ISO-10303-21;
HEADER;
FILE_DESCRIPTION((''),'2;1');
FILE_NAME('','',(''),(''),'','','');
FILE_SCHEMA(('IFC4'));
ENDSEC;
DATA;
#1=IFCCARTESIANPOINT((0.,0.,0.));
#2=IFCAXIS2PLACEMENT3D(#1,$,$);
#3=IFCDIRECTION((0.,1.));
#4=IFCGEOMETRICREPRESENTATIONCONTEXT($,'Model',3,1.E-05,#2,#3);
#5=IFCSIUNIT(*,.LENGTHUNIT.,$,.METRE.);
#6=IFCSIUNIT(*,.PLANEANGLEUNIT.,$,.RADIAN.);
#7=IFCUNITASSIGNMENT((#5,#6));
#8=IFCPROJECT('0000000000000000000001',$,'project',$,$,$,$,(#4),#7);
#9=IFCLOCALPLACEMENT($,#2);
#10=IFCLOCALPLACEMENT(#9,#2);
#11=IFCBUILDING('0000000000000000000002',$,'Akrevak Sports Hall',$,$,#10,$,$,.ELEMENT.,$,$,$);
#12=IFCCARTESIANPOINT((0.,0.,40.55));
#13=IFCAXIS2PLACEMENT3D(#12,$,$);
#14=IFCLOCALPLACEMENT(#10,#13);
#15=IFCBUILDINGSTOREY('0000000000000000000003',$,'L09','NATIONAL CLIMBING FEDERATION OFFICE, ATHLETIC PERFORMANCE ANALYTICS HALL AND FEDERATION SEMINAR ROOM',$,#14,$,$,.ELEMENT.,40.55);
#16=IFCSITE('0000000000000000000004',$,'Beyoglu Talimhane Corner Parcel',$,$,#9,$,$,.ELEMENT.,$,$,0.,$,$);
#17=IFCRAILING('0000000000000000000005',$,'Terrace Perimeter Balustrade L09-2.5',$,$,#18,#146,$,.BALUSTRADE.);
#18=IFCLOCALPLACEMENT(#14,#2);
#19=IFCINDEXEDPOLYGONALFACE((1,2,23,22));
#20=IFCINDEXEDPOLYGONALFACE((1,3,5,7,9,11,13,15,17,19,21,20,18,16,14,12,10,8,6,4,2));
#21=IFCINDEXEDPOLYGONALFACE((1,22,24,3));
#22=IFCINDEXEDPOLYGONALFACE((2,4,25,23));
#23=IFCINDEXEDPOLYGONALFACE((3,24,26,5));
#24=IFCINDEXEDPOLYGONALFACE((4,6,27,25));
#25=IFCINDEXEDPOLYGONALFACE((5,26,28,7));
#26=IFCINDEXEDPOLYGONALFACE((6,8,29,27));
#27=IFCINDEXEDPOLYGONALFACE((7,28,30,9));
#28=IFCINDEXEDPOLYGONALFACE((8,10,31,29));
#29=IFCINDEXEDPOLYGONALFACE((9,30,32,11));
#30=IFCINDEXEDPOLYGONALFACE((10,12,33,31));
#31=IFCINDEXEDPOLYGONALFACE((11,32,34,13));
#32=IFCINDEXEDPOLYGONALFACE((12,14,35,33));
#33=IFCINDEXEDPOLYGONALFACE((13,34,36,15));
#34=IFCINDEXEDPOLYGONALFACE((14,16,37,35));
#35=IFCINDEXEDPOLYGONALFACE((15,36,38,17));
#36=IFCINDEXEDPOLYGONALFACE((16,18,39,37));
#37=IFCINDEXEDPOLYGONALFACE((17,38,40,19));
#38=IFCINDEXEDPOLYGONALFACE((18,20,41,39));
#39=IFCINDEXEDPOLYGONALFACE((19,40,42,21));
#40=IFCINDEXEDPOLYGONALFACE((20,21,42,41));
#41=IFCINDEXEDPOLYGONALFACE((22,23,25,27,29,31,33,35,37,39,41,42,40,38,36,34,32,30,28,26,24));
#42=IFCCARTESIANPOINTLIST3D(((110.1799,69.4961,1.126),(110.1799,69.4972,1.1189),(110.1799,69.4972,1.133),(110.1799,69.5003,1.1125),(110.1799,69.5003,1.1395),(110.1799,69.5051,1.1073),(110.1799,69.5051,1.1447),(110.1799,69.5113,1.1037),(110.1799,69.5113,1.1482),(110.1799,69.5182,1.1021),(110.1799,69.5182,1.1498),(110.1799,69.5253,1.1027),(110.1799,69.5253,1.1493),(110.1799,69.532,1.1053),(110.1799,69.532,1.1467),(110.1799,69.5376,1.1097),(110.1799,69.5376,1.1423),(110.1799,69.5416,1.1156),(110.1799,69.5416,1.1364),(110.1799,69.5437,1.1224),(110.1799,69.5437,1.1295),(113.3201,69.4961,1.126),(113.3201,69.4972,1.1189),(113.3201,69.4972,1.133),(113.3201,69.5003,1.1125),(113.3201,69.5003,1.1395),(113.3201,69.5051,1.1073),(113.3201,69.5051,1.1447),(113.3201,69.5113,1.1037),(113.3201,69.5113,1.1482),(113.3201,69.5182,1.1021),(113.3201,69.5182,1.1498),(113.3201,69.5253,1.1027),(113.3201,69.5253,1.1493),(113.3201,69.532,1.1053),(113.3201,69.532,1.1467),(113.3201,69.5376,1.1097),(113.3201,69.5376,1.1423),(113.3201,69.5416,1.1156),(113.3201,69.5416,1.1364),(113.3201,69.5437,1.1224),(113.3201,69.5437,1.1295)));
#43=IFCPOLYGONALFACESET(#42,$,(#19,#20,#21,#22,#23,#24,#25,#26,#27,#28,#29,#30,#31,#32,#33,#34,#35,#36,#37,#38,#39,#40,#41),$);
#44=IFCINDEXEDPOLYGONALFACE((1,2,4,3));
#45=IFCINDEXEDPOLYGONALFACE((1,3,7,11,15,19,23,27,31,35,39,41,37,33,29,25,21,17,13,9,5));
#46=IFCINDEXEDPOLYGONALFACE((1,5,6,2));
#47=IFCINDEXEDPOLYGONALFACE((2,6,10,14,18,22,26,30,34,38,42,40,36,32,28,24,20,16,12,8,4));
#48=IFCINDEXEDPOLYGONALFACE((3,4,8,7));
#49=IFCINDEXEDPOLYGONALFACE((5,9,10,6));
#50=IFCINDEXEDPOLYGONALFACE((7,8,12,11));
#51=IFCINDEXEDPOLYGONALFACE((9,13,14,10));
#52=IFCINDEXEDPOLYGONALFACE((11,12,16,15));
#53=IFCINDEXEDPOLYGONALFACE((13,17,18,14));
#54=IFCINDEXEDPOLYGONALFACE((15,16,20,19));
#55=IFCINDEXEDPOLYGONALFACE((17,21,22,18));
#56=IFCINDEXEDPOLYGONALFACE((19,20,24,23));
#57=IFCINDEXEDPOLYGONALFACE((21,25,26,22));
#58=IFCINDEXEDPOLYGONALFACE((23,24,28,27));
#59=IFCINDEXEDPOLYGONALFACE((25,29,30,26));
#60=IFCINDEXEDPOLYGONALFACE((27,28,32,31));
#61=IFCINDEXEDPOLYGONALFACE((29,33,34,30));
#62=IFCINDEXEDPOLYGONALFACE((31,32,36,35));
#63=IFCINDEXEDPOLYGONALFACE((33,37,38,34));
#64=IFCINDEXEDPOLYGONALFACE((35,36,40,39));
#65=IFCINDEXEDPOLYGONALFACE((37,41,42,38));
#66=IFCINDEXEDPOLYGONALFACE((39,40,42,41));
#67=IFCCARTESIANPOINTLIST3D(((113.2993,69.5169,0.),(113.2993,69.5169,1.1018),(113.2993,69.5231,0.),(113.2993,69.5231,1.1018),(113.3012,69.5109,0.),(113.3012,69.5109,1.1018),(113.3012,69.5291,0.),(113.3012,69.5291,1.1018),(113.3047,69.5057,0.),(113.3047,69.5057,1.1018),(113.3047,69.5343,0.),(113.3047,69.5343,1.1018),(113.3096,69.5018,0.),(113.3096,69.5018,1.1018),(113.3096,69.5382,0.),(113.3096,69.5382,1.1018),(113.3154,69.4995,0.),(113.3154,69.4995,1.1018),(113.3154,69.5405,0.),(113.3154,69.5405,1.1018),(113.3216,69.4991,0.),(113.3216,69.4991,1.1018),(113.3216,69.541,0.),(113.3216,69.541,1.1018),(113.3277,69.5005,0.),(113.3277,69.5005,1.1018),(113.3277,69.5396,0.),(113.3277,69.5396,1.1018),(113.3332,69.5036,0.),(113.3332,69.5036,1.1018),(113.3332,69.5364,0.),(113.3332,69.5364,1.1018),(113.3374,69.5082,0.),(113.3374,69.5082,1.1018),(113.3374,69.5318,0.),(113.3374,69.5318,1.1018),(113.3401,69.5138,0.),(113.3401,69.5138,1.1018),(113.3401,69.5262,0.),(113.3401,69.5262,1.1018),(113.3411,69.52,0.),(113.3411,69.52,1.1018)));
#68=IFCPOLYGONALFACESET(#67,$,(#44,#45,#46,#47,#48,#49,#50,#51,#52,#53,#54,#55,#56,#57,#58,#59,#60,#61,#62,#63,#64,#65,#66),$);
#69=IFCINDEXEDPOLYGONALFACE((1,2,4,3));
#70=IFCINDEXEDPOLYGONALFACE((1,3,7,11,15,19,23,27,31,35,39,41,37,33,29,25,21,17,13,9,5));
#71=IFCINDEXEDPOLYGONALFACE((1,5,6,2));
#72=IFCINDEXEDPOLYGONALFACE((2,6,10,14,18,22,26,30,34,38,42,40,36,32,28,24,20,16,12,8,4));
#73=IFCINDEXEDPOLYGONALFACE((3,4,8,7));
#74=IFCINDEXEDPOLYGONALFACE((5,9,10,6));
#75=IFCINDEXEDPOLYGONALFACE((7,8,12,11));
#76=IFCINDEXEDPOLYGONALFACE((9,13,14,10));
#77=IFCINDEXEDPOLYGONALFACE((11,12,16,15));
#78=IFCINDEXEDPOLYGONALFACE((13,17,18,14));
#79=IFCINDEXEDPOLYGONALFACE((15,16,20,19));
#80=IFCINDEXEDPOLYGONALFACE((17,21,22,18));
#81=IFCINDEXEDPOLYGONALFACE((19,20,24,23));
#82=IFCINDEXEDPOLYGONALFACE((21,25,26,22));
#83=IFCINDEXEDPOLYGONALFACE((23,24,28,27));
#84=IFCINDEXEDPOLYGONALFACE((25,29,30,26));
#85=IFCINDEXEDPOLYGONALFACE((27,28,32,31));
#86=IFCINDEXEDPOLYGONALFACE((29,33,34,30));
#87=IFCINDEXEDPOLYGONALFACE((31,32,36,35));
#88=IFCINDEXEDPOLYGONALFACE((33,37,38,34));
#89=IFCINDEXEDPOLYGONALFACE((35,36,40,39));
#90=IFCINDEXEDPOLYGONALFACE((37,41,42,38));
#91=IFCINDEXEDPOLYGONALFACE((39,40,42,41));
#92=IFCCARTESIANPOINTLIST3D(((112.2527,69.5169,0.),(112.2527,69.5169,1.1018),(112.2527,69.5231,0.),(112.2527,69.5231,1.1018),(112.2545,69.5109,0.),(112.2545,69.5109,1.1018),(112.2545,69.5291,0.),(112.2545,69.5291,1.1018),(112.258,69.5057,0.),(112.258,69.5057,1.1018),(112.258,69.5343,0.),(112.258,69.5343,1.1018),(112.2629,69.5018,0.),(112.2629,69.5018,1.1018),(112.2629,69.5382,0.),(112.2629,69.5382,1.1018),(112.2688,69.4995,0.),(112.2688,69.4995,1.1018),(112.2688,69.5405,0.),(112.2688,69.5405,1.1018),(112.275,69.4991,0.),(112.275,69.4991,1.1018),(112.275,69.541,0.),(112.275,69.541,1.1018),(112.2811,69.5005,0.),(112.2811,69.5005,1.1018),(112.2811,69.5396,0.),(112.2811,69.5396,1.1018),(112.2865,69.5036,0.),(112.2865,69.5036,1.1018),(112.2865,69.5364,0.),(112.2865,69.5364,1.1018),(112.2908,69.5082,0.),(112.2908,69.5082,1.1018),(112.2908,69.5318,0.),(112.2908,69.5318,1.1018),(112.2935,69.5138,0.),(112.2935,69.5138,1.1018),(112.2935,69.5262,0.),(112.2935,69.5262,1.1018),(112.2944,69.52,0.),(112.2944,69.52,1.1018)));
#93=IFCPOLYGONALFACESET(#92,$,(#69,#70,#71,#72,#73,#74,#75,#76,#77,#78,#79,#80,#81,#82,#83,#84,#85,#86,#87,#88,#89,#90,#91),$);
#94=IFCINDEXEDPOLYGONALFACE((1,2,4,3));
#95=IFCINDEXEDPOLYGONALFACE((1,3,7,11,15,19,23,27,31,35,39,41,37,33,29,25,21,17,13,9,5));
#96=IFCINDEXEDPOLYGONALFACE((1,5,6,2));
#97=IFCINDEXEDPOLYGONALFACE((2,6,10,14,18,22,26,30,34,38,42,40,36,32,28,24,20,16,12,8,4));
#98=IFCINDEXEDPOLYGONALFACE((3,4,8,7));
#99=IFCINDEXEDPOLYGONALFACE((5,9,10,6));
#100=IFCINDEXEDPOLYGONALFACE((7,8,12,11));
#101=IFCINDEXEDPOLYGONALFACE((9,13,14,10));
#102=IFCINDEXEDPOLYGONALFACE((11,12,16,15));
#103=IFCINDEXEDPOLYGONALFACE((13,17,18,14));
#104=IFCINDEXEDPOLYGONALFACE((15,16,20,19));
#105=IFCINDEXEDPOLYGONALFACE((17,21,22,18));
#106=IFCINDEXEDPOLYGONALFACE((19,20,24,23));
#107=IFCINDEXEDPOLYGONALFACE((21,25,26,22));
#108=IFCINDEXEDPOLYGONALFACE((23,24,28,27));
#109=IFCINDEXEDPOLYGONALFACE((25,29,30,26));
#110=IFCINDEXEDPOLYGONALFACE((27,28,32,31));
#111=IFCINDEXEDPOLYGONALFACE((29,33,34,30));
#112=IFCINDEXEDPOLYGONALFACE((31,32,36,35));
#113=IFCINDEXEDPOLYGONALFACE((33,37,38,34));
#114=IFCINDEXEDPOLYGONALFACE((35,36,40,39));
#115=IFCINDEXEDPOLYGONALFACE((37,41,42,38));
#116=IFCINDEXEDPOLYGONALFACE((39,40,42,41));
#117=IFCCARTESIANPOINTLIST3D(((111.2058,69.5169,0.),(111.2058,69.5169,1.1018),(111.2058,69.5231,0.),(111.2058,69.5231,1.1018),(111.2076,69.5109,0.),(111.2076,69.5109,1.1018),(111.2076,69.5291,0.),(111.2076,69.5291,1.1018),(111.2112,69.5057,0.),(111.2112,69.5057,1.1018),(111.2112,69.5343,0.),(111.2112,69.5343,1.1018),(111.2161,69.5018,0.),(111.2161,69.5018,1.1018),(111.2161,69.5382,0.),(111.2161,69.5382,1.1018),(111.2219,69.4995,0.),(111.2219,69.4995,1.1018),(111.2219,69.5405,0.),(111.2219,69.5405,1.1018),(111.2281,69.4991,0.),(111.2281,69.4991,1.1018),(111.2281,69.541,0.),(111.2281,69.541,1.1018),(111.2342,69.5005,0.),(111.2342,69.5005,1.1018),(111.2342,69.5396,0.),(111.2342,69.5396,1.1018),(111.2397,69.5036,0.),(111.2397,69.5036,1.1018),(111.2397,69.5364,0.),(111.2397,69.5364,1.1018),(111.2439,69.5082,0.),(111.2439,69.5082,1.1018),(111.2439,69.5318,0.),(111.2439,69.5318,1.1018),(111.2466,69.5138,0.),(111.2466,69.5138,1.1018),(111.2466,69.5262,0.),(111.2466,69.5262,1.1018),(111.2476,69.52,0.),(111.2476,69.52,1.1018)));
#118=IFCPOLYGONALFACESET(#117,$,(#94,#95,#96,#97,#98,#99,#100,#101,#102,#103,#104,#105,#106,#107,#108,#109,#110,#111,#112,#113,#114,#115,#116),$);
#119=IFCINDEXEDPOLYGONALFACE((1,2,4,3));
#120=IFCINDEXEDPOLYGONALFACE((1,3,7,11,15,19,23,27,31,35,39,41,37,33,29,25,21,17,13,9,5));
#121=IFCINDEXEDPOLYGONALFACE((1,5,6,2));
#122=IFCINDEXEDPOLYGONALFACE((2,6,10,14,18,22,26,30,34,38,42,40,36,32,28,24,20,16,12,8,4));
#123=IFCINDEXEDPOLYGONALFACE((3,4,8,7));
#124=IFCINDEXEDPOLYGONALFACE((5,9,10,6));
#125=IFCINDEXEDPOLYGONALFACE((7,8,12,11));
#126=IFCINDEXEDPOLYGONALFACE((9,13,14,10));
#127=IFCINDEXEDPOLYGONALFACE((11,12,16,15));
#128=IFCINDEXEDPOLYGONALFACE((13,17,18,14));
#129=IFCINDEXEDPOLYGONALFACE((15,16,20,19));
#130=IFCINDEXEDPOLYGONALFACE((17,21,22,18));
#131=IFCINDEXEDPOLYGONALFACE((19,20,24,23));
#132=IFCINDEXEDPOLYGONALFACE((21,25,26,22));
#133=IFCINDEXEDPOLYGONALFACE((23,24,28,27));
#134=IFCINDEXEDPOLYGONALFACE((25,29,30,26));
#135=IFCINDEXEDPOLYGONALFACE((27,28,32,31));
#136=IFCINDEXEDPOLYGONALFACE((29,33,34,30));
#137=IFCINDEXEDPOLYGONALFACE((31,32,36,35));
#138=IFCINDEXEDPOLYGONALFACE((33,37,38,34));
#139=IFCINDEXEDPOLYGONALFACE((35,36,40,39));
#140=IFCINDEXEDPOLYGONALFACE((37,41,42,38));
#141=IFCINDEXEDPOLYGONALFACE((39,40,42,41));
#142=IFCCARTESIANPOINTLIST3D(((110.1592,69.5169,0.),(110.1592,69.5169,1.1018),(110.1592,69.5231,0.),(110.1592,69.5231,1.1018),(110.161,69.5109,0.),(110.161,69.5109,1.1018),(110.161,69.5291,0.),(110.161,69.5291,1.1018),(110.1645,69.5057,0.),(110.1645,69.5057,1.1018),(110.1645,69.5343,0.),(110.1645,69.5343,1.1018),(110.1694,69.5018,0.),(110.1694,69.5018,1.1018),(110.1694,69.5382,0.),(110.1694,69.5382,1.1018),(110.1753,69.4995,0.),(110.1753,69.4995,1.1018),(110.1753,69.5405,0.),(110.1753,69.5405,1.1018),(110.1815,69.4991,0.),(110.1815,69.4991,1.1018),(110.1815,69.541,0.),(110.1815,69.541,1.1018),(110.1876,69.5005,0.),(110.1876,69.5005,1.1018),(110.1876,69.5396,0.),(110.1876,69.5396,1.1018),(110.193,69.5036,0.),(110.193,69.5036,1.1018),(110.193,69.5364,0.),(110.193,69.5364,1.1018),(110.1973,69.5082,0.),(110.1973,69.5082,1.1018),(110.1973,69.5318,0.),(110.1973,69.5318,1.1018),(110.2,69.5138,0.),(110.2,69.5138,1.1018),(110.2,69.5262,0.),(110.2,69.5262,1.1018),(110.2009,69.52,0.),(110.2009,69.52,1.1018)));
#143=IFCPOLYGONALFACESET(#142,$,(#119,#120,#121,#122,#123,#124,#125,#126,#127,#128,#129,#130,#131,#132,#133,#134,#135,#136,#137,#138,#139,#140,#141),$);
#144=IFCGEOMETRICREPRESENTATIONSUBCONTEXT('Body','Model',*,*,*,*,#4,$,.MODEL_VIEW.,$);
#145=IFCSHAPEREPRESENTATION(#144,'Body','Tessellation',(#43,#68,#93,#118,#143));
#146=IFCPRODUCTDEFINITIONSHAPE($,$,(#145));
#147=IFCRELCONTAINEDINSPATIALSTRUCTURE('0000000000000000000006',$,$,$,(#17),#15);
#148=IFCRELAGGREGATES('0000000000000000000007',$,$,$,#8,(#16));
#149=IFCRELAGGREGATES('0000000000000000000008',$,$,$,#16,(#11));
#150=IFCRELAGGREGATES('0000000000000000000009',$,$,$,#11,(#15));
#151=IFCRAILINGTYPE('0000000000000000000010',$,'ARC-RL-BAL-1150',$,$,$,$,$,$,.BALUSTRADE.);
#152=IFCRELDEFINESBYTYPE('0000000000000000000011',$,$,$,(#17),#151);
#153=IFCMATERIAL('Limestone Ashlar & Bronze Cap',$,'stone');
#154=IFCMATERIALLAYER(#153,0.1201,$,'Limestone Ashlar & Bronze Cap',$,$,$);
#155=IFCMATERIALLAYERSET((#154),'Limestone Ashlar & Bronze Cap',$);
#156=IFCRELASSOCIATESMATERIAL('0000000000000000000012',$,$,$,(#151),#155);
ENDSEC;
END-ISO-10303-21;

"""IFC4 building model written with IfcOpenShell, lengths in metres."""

from ifc_helpers import new_model, si_unit, direction, frame, origin, origin_2d, place, context, subcontext, project, spatial, circle, extrude, material, layer, layer_set, type_object, element, save


model = new_model("IFC4")

# Units and contexts
model_context = context("Model", 3, precision=1e-05, world=origin(), true_north=direction((0.0, 1.0)))
body_context = subcontext(model_context, "Body", "Model", "MODEL_VIEW")
ifc_project = project(units=[si_unit("LENGTHUNIT", "METRE"), si_unit("PLANEANGLEUNIT", "RADIAN")], contexts=[model_context])

# Site, building, storey
site_placement = place(None, origin())
site = spatial("IfcSite", under=ifc_project, at=site_placement, Name="Beyoglu Talimhane Corner Parcel", CompositionType="ELEMENT", RefElevation=0.0)
building_placement = place(site_placement, origin())
building = spatial("IfcBuilding", under=site, at=building_placement, Name="Akrevak Sports Hall", CompositionType="ELEMENT")
storey_placement = place(building_placement, frame((0.0, 0.0, 40.55)))
storey = spatial("IfcBuildingStorey", under=building, at=storey_placement, Name="L09", Description="NATIONAL CLIMBING FEDERATION OFFICE, ATHLETIC PERFORMANCE ANALYTICS HALL AND FEDERATION SEMINAR ROOM", CompositionType="ELEMENT", Elevation=40.55)

# Railing
ifc_material_1 = material(Name="Limestone Ashlar & Bronze Cap", Category="stone")
ifc_layer_1 = layer(ifc_material_1, 0.1201, Name="Limestone Ashlar & Bronze Cap")
ifc_layer_set_1 = layer_set([ifc_layer_1], Name="Limestone Ashlar & Bronze Cap")
railing_type = type_object("IfcRailingType", Name="ARC-RL-BAL-1150", PredefinedType="BALUSTRADE", material=ifc_layer_set_1)
railing_1_placement = place(storey_placement, frame((113.3201, 69.52, 0.0)))
element("IfcRailing", 1, at=railing_1_placement, inside=storey, type_object=railing_type, Name="Terrace Perimeter Balustrade L09-2.5", PredefinedType="BALUSTRADE", context=body_context, shape_type="SweptSolid", body=[
    extrude(circle(Radius=0.0239, at=origin_2d()), frame((0.0, 0.0, 1.126), z_axis=(-1.0, 0.0, 0.0), x_axis=(0.0, -1.0, 0.0)), (0.0, 0.0, 1.0), 3.1401),
    extrude(circle(Radius=0.021, at=origin_2d()), origin(), (0.0, 0.0, 1.0), 1.1018),
    extrude(circle(Radius=0.021, at=origin_2d()), frame((-1.0466, 0.0, 0.0)), (0.0, 0.0, 1.0), 1.1018),
    extrude(circle(Radius=0.021, at=origin_2d()), frame((-2.0935, 0.0, 0.0)), (0.0, 0.0, 1.0), 1.1018),
    extrude(circle(Radius=0.021, at=origin_2d()), frame((-3.1401, 0.0, 0.0)), (0.0, 0.0, 1.0), 1.1018),
])

save(model, "model.ifc")
